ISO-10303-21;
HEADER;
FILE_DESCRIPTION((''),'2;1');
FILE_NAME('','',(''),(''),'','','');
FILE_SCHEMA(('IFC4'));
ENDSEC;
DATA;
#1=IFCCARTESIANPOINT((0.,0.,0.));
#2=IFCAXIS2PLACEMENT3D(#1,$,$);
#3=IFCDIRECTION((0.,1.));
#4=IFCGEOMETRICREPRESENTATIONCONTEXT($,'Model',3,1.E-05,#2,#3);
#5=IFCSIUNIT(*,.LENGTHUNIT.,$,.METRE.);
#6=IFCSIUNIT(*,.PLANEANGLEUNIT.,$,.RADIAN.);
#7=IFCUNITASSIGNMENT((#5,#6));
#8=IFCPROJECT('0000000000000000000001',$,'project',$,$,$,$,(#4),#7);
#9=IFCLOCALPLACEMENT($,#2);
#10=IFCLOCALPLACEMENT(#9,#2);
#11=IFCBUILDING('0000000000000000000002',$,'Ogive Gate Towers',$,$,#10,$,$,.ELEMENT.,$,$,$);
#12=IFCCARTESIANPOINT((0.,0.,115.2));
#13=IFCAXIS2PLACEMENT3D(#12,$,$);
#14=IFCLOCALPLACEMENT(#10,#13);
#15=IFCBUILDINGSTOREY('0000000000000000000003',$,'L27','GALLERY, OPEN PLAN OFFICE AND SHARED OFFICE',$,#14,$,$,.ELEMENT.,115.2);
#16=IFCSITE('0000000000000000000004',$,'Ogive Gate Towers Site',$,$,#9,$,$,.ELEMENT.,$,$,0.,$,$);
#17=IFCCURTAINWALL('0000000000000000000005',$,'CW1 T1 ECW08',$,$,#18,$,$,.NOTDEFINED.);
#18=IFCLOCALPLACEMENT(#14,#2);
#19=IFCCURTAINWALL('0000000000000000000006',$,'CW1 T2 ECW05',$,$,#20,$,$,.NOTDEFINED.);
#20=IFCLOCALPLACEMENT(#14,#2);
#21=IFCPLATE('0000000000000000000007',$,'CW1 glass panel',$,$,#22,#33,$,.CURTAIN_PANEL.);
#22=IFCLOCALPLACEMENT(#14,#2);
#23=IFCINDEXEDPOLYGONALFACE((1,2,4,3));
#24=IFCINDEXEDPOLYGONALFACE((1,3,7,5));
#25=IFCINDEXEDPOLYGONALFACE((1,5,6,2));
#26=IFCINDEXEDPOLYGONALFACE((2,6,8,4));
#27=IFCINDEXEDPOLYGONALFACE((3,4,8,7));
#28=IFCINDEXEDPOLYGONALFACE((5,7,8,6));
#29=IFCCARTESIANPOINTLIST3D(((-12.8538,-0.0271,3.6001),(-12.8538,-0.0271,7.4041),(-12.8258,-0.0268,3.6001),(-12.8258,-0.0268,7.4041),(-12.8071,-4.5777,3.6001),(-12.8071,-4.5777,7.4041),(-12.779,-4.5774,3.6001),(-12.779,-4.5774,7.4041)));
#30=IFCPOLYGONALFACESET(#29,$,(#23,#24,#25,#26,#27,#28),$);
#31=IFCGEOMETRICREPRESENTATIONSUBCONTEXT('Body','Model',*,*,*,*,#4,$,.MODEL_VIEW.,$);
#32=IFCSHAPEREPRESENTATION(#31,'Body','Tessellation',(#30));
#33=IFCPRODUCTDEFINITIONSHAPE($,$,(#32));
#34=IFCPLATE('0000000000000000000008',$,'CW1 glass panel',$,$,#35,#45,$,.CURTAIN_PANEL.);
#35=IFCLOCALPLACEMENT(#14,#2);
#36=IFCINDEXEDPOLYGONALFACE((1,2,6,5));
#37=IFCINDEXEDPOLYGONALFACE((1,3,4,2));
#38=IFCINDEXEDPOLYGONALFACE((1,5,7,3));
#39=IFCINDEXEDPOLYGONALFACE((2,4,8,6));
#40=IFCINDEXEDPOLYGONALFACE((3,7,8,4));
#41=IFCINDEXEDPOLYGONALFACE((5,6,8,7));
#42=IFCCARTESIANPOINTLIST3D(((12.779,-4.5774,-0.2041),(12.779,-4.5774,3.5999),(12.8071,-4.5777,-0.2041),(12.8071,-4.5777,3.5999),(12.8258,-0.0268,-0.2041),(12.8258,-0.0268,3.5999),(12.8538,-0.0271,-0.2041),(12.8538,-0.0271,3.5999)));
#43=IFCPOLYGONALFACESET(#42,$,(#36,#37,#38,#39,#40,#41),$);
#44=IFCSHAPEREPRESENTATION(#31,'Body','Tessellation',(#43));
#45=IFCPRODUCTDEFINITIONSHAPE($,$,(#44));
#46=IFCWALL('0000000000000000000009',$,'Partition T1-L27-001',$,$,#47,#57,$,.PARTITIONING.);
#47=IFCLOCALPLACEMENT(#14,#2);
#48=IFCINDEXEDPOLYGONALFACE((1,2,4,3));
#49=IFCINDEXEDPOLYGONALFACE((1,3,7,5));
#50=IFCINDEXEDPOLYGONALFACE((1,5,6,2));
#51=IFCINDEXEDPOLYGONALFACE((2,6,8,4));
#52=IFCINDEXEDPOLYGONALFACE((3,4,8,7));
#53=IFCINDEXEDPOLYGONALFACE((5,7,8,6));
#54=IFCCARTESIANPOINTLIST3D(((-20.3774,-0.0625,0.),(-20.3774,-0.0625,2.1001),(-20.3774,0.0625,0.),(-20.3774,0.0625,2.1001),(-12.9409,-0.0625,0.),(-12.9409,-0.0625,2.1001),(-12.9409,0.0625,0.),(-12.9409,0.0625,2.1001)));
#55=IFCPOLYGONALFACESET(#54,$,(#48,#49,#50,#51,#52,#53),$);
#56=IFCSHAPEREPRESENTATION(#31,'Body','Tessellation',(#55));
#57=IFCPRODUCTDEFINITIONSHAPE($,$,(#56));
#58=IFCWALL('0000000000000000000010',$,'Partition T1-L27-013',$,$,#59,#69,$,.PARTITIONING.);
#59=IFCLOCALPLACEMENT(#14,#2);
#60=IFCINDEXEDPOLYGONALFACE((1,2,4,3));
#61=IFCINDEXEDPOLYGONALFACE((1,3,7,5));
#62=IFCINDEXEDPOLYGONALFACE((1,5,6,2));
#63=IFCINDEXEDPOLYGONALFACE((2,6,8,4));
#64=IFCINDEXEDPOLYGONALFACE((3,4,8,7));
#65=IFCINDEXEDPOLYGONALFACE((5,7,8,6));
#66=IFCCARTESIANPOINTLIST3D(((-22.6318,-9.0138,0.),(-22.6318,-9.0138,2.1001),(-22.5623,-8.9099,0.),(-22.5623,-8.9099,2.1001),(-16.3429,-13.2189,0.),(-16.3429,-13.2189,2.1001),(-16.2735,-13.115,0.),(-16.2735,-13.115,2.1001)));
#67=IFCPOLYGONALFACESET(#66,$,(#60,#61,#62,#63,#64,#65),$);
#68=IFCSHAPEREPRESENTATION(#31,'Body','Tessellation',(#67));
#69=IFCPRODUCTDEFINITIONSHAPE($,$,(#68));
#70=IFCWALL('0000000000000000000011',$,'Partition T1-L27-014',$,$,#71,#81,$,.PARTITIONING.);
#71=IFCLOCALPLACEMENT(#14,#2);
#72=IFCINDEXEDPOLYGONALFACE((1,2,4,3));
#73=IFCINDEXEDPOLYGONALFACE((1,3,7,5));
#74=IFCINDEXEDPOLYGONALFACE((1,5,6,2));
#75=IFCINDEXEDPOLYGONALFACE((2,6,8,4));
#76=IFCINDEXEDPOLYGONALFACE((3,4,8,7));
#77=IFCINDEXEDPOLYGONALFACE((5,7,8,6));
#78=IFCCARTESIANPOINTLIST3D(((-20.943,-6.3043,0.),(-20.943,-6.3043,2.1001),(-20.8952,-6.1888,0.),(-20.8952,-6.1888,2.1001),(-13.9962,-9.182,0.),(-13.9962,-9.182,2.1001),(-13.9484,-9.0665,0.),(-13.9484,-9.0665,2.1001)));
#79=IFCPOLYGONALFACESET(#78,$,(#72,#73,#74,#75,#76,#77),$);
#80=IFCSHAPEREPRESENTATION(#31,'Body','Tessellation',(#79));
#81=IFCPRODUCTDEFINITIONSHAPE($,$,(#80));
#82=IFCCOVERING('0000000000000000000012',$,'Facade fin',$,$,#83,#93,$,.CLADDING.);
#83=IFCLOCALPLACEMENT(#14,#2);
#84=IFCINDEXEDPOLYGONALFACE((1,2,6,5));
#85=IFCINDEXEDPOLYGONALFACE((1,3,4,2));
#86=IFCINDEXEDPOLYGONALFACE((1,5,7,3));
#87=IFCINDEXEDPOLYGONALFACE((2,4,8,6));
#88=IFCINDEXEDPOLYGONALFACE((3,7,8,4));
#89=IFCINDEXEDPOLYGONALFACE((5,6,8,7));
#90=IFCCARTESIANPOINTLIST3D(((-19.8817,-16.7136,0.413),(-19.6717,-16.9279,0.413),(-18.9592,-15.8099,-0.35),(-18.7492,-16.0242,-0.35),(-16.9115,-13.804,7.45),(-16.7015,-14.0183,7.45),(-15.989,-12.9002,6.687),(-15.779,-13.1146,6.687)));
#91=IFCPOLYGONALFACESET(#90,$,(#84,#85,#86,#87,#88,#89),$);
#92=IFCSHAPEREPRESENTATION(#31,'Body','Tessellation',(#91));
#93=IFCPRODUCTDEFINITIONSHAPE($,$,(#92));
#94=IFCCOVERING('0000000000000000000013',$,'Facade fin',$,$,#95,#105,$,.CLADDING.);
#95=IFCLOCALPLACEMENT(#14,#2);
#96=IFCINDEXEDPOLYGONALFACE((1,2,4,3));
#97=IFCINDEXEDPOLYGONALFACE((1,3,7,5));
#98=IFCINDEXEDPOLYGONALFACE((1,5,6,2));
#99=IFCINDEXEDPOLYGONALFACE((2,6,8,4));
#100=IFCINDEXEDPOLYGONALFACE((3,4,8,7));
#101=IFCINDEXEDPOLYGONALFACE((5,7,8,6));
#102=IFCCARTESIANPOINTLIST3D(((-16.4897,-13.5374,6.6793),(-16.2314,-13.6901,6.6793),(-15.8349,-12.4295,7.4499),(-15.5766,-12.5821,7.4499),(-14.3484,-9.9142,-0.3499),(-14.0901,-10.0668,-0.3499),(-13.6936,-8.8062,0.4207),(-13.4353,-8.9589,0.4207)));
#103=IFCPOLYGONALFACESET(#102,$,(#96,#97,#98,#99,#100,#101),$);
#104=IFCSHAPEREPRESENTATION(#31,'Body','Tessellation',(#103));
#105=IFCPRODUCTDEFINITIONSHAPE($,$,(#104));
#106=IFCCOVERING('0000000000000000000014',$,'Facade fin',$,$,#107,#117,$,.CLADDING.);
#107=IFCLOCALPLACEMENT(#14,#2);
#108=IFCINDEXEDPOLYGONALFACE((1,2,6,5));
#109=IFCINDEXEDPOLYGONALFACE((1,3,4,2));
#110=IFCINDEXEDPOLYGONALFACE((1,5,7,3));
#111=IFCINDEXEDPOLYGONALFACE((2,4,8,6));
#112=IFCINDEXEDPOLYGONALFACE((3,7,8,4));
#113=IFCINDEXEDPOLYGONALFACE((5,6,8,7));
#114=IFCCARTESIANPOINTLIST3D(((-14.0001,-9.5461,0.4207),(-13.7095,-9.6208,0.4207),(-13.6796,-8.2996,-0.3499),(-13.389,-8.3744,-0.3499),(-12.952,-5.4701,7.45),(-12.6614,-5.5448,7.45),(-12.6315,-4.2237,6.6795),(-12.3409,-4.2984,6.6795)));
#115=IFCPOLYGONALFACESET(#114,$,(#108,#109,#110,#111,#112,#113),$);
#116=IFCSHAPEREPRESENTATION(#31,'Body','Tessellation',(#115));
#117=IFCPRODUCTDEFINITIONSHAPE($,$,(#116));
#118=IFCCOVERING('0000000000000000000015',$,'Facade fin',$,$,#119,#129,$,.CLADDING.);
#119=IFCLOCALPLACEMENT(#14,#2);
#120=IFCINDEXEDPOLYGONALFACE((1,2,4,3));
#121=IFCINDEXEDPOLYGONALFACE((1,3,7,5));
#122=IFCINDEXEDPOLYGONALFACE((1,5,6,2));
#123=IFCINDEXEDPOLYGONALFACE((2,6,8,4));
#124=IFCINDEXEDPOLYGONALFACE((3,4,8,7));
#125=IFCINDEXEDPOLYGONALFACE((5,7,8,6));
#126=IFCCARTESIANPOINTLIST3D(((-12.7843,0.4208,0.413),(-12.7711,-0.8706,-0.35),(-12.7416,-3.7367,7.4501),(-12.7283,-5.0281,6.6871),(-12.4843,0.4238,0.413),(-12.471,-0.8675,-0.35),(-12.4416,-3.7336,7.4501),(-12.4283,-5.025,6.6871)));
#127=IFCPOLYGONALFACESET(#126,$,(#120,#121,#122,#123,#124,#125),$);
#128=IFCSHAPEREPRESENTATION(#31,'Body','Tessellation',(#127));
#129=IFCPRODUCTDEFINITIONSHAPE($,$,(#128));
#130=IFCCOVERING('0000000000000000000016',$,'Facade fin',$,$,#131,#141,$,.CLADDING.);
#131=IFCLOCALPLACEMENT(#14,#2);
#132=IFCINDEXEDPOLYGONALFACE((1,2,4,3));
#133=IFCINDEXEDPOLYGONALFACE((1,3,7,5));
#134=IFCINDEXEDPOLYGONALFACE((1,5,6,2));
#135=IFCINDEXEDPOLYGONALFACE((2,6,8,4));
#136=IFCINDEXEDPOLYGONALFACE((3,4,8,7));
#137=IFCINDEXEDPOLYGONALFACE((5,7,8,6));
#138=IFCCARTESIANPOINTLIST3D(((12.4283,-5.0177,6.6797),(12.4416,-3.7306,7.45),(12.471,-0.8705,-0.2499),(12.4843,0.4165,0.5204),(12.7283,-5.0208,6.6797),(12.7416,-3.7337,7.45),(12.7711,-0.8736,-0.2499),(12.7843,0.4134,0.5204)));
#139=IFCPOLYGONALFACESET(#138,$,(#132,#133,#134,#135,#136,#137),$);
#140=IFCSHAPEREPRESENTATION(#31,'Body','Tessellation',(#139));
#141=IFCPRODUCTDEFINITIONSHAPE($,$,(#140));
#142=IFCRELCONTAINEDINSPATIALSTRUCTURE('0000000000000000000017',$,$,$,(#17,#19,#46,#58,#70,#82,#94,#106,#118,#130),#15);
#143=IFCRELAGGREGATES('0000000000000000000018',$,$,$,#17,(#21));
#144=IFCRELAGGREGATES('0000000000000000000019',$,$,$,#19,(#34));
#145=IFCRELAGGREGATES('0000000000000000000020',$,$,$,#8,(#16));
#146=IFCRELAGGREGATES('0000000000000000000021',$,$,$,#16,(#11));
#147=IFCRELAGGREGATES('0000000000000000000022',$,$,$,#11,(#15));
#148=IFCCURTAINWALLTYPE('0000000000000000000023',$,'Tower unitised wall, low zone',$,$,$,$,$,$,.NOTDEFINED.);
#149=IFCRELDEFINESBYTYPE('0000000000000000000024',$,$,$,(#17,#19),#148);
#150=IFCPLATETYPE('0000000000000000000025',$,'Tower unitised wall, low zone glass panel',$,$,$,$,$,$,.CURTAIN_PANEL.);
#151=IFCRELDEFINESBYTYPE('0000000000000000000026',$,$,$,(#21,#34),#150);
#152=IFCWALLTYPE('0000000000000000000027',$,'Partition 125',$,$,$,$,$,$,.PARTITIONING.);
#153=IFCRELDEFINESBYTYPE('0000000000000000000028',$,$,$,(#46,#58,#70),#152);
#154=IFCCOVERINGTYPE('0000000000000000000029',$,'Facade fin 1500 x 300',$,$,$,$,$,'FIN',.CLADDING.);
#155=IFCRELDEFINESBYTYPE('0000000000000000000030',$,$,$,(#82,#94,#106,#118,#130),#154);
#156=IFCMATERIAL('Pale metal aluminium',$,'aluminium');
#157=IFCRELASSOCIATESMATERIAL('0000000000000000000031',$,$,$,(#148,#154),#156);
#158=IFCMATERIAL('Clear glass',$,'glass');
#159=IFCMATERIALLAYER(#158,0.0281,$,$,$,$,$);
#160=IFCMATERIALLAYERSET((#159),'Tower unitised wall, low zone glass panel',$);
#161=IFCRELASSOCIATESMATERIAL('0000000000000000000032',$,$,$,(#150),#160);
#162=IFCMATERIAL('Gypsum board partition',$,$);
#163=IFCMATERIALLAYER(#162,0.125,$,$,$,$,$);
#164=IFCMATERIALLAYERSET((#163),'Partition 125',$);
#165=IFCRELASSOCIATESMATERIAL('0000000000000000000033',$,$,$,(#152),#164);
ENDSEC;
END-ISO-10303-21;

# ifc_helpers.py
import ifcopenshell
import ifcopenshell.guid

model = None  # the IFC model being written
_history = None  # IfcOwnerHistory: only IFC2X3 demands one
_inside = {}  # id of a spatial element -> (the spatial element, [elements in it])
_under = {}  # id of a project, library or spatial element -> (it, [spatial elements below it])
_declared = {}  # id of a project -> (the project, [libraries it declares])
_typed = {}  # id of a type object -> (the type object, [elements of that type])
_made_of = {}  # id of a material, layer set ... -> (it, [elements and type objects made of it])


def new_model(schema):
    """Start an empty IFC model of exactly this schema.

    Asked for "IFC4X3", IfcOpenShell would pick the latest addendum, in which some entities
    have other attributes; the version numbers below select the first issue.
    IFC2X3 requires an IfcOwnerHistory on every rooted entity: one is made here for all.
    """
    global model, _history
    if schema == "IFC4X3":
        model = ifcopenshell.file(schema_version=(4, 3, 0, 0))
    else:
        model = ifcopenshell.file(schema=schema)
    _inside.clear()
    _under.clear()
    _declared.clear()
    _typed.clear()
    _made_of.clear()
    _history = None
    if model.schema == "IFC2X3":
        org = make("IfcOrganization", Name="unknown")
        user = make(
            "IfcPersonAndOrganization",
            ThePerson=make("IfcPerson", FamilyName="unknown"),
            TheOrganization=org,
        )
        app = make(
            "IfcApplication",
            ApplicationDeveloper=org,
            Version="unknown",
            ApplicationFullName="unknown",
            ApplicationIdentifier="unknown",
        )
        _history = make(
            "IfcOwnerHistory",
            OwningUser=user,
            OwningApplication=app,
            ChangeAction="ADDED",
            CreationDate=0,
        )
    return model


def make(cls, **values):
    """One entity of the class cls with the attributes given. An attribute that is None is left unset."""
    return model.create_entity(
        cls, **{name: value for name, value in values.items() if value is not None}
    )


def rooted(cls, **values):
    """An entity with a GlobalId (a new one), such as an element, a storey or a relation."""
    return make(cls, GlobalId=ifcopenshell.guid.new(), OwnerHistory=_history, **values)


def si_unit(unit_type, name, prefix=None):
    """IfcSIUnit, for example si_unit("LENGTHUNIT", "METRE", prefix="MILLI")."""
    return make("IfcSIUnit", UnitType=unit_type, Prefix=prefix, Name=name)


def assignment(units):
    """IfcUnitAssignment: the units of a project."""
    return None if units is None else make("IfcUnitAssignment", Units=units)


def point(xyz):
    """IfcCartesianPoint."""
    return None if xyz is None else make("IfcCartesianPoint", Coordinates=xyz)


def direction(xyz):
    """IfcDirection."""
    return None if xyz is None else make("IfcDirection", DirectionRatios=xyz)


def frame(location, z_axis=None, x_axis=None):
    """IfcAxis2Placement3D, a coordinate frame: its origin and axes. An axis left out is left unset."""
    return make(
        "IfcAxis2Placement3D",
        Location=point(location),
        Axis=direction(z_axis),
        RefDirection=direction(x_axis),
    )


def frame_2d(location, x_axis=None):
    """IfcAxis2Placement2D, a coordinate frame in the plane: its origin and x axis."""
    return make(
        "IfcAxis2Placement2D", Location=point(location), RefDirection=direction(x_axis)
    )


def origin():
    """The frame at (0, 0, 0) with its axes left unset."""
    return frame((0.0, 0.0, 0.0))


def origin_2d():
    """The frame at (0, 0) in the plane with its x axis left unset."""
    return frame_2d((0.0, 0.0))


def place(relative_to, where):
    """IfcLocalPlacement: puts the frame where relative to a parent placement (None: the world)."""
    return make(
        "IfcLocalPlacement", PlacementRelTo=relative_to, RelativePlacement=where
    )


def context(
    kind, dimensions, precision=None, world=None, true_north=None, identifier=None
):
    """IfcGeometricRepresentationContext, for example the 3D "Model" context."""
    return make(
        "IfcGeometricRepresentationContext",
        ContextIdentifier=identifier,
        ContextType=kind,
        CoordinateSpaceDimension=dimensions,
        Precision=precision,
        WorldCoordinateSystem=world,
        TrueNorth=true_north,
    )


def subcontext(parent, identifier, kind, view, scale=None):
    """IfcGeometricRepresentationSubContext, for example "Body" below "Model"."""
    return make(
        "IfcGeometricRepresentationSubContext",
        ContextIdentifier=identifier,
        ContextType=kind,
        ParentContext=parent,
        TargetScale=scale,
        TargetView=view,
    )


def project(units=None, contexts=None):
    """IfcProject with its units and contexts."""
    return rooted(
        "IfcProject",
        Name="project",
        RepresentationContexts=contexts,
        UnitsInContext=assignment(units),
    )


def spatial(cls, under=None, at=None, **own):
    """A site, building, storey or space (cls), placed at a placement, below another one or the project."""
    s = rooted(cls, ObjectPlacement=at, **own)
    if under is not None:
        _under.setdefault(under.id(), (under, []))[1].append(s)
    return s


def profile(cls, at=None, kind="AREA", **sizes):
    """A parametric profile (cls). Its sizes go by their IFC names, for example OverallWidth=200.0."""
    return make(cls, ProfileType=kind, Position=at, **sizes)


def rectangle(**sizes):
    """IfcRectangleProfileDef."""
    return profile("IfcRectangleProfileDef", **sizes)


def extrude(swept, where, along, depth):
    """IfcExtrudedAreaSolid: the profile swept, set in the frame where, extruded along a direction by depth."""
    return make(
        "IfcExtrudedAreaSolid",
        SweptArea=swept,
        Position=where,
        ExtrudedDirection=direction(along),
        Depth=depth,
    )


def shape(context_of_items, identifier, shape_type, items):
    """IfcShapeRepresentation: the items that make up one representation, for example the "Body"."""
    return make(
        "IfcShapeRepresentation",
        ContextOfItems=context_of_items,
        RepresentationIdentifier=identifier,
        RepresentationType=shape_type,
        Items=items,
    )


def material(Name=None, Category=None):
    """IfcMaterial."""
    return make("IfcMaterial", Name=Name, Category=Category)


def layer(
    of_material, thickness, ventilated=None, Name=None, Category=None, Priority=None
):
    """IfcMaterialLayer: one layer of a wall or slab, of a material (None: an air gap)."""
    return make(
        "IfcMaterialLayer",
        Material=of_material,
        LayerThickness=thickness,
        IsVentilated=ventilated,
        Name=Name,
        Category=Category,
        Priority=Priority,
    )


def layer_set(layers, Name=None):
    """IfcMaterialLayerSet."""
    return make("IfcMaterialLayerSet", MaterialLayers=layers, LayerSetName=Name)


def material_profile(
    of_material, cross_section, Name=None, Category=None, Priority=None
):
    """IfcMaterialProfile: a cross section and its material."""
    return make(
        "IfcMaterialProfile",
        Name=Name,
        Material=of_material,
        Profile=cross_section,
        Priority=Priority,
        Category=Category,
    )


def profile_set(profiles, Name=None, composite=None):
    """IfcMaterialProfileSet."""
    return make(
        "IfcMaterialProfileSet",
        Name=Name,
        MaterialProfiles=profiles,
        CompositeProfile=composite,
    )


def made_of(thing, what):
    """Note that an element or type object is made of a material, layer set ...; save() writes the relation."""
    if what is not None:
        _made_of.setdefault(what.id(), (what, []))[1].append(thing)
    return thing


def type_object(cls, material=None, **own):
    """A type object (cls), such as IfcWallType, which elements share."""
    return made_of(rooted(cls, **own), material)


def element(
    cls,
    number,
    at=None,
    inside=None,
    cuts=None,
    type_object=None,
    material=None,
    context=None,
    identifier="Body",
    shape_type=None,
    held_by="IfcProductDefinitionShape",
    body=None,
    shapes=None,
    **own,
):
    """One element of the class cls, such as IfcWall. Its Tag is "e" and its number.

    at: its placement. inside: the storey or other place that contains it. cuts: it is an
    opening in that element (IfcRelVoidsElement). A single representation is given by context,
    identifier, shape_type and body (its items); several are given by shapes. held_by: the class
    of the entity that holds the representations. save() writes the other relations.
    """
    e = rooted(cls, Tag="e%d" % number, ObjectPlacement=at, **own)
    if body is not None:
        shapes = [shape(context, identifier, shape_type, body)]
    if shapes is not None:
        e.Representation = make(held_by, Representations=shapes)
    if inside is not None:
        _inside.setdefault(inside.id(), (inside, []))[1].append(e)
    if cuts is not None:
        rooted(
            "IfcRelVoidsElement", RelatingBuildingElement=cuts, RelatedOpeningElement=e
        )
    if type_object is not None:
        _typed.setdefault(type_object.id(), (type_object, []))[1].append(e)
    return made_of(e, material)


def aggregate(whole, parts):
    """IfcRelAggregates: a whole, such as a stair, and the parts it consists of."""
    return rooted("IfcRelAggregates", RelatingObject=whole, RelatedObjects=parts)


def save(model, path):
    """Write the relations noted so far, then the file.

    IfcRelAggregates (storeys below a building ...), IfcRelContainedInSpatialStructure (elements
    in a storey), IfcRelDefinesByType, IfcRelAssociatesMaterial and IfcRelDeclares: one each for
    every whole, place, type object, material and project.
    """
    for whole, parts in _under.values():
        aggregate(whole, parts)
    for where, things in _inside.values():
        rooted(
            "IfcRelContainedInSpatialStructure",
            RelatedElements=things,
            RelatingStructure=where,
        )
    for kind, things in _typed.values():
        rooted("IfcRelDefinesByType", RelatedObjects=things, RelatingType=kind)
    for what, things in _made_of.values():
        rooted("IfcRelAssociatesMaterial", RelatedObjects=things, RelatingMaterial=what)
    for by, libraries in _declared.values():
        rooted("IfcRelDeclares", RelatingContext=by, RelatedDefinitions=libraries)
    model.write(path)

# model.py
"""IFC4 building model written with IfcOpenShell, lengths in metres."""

from ifc_helpers import new_model, si_unit, direction, frame, frame_2d, origin, origin_2d, place, context, subcontext, project, spatial, rectangle, extrude, material, layer, layer_set, material_profile, profile_set, type_object, element, aggregate, save


model = new_model("IFC4")

# Units and contexts
model_context = context("Model", 3, precision=1e-05, world=origin(), true_north=direction((0.0, 1.0)))
body_context = subcontext(model_context, "Body", "Model", "MODEL_VIEW")
ifc_project = project(units=[si_unit("LENGTHUNIT", "METRE"), si_unit("PLANEANGLEUNIT", "RADIAN")], contexts=[model_context])

# Site, building, storey
site_placement = place(None, origin())
site = spatial("IfcSite", under=ifc_project, at=site_placement, Name="Ogive Gate Towers Site", CompositionType="ELEMENT", RefElevation=0.0)
building_placement = place(site_placement, origin())
building = spatial("IfcBuilding", under=site, at=building_placement, Name="Ogive Gate Towers", CompositionType="ELEMENT")
storey_placement = place(building_placement, frame((0.0, 0.0, 115.2)))
storey = spatial("IfcBuildingStorey", under=building, at=storey_placement, Name="L27", Description="GALLERY, OPEN PLAN OFFICE AND SHARED OFFICE", CompositionType="ELEMENT", Elevation=115.2)

# Curtain wall
ifc_material_1 = material(Name="Pale metal aluminium", Category="aluminium")
curtain_wall_type = type_object("IfcCurtainWallType", Name="Tower unitised wall, low zone", PredefinedType="NOTDEFINED", material=ifc_material_1)
curtain_wall_1_placement = place(storey_placement, origin())
curtain_wall_1 = element("IfcCurtainWall", 1, at=curtain_wall_1_placement, inside=storey, type_object=curtain_wall_type, Name="CW1 T1 ECW08", PredefinedType="NOTDEFINED")

# Curtain wall
curtain_wall_2_placement = place(storey_placement, origin())
curtain_wall_2 = element("IfcCurtainWall", 2, at=curtain_wall_2_placement, inside=storey, type_object=curtain_wall_type, Name="CW1 T2 ECW05", PredefinedType="NOTDEFINED")

# Plates
ifc_material_2 = material(Name="Clear glass", Category="glass")
ifc_layer_1 = layer(ifc_material_2, 0.0281)
ifc_layer_set_1 = layer_set([ifc_layer_1], Name="Tower unitised wall, low zone glass panel")
plate_type = type_object("IfcPlateType", Name="Tower unitised wall, low zone glass panel", PredefinedType="CURTAIN_PANEL", material=ifc_layer_set_1)
plate_1_placement = place(storey_placement, frame((-12.8164, -2.3022, 3.6001), z_axis=(0.0, 0.0, 1.0), x_axis=(-0.01028, 0.999947, 0.0)))
plate_1 = element("IfcPlate", 3, at=plate_1_placement, type_object=plate_type, Name="CW1 glass panel", PredefinedType="CURTAIN_PANEL", context=body_context, shape_type="SweptSolid", body=[
    extrude(rectangle(XDim=4.5508, YDim=0.0281, at=origin_2d()), origin(), (0.0, 0.0, 1.0), 3.804),
])
aggregate(curtain_wall_1, [plate_1])
plate_2_placement = place(storey_placement, frame((12.8164, -2.3022, -0.2041), z_axis=(0.0, 0.0, 1.0), x_axis=(-0.01028, -0.999947, 0.0)))
plate_2 = element("IfcPlate", 4, at=plate_2_placement, type_object=plate_type, Name="CW1 glass panel", PredefinedType="CURTAIN_PANEL", context=body_context, shape_type="SweptSolid", body=[
    extrude(rectangle(XDim=4.5508, YDim=0.0281, at=origin_2d()), origin(), (0.0, 0.0, 1.0), 3.804),
])
aggregate(curtain_wall_2, [plate_2])

# Walls
ifc_material_3 = material(Name="Gypsum board partition")
ifc_layer_2 = layer(ifc_material_3, 0.125)
ifc_layer_set_2 = layer_set([ifc_layer_2], Name="Partition 125")
wall_type = type_object("IfcWallType", Name="Partition 125", PredefinedType="PARTITIONING", material=ifc_layer_set_2)
wall_1_placement = place(storey_placement, frame((-12.9409, 0.0, 0.0), z_axis=(0.0, 0.0, 1.0), x_axis=(-1.0, 0.0, 0.0)))
element("IfcWall", 5, at=wall_1_placement, inside=storey, type_object=wall_type, Name="Partition T1-L27-001", PredefinedType="PARTITIONING", context=body_context, shape_type="SweptSolid", body=[
    extrude(rectangle(XDim=7.4365, YDim=0.125, at=frame_2d((3.7183, 0.0))), origin(), (0.0, 0.0, 1.0), 2.1001),
])
wall_2_placement = place(storey_placement, frame((-16.3081, -13.167, 0.0), z_axis=(0.0, 0.0, 1.0), x_axis=(-0.831285, 0.555847, 0.0)))
element("IfcWall", 6, at=wall_2_placement, inside=storey, type_object=wall_type, Name="Partition T1-L27-013", PredefinedType="PARTITIONING", context=body_context, shape_type="SweptSolid", body=[
    extrude(rectangle(XDim=7.5652, YDim=0.125, at=frame_2d((3.7827, 0.0))), origin(), (0.0, 0.0, 1.0), 2.1001),
])
wall_3_placement = place(storey_placement, frame((-13.9722, -9.1243, 0.0), z_axis=(0.0, 0.0, 1.0), x_axis=(-0.923868, 0.38271, 0.0)))
element("IfcWall", 7, at=wall_3_placement, inside=storey, type_object=wall_type, Name="Partition T1-L27-014", PredefinedType="PARTITIONING", context=body_context, shape_type="SweptSolid", body=[
    extrude(rectangle(XDim=7.5193, YDim=0.125, at=frame_2d((3.7598, 0.0))), origin(), (0.0, 0.0, 1.0), 2.1001),
])

# Coverings
ifc_material_profile_1 = material_profile(ifc_material_1, rectangle(XDim=0.3, YDim=1.5, at=origin_2d()), Name="1500 x 300 pale metal aluminium")
ifc_profile_set_1 = profile_set([ifc_material_profile_1], Name="Pale metal aluminium")
covering_type = type_object("IfcCoveringType", Name="Facade fin 1500 x 300", ElementType="FIN", PredefinedType="CLADDING", material=ifc_profile_set_1)
covering_1_placement = place(storey_placement, frame((-19.3154, -16.3689, 0.0315), z_axis=(0.363387, 0.35598, 0.860946), x_axis=(-0.699788, 0.71435, 0.0)))
element("IfcCovering", 8, at=covering_1_placement, inside=storey, type_object=covering_type, Name="Facade fin", PredefinedType="CLADDING", context=body_context, shape_type="SweptSolid", body=[
    extrude(rectangle(XDim=0.3, YDim=1.5, at=origin_2d()), origin(), (0.0, 0.0, 1.0), 8.1736),
])
for number, where, z_axis, x_axis, name in (
    (9, (-13.8918, -9.4365, 0.0354), (-0.261365, -0.442244, 0.857967), (0.860893, -0.508786, 0.0), "Facade fin"),
    (10, (-13.6946, -8.9602, 0.0354), (0.127928, 0.497498, 0.85798), (-0.968493, 0.249041, 0.0), "Facade fin"),
):
    element("IfcCovering", number, at=place(storey_placement, frame(where, z_axis=z_axis, x_axis=x_axis)), inside=storey, type_object=covering_type, Name=name, PredefinedType="CLADDING", context=body_context, shape_type="SweptSolid", body=[
        extrude(rectangle(XDim=0.3, YDim=1.5, at=origin_2d()), origin(), (0.0, 0.0, 1.0), 8.1929),
    ])
covering_2_placement = place(storey_placement, frame((-12.6277, -0.2234, 0.0315), z_axis=(0.005227, -0.508648, 0.860959), x_axis=(0.999947, 0.010276, 0.0)))
element("IfcCovering", 11, at=covering_2_placement, inside=storey, type_object=covering_type, Name="Facade fin", PredefinedType="CLADDING", context=body_context, shape_type="SweptSolid", body=[
    extrude(rectangle(XDim=0.3, YDim=1.5, at=origin_2d()), origin(), (0.0, 0.0, 1.0), 8.1736),
])
covering_3_placement = place(storey_placement, frame((12.6277, -0.2285, 0.1353), z_axis=(-0.00529, -0.513524, 0.858059), x_axis=(0.999947, -0.010301, 0.0)))
element("IfcCovering", 12, at=covering_3_placement, inside=storey, type_object=covering_type, Name="Facade fin", PredefinedType="CLADDING", context=body_context, shape_type="SweptSolid", body=[
    extrude(rectangle(XDim=0.3, YDim=1.5, at=origin_2d()), origin(), (0.0, 0.0, 1.0), 8.0759),
])

save(model, "model.ifc")
